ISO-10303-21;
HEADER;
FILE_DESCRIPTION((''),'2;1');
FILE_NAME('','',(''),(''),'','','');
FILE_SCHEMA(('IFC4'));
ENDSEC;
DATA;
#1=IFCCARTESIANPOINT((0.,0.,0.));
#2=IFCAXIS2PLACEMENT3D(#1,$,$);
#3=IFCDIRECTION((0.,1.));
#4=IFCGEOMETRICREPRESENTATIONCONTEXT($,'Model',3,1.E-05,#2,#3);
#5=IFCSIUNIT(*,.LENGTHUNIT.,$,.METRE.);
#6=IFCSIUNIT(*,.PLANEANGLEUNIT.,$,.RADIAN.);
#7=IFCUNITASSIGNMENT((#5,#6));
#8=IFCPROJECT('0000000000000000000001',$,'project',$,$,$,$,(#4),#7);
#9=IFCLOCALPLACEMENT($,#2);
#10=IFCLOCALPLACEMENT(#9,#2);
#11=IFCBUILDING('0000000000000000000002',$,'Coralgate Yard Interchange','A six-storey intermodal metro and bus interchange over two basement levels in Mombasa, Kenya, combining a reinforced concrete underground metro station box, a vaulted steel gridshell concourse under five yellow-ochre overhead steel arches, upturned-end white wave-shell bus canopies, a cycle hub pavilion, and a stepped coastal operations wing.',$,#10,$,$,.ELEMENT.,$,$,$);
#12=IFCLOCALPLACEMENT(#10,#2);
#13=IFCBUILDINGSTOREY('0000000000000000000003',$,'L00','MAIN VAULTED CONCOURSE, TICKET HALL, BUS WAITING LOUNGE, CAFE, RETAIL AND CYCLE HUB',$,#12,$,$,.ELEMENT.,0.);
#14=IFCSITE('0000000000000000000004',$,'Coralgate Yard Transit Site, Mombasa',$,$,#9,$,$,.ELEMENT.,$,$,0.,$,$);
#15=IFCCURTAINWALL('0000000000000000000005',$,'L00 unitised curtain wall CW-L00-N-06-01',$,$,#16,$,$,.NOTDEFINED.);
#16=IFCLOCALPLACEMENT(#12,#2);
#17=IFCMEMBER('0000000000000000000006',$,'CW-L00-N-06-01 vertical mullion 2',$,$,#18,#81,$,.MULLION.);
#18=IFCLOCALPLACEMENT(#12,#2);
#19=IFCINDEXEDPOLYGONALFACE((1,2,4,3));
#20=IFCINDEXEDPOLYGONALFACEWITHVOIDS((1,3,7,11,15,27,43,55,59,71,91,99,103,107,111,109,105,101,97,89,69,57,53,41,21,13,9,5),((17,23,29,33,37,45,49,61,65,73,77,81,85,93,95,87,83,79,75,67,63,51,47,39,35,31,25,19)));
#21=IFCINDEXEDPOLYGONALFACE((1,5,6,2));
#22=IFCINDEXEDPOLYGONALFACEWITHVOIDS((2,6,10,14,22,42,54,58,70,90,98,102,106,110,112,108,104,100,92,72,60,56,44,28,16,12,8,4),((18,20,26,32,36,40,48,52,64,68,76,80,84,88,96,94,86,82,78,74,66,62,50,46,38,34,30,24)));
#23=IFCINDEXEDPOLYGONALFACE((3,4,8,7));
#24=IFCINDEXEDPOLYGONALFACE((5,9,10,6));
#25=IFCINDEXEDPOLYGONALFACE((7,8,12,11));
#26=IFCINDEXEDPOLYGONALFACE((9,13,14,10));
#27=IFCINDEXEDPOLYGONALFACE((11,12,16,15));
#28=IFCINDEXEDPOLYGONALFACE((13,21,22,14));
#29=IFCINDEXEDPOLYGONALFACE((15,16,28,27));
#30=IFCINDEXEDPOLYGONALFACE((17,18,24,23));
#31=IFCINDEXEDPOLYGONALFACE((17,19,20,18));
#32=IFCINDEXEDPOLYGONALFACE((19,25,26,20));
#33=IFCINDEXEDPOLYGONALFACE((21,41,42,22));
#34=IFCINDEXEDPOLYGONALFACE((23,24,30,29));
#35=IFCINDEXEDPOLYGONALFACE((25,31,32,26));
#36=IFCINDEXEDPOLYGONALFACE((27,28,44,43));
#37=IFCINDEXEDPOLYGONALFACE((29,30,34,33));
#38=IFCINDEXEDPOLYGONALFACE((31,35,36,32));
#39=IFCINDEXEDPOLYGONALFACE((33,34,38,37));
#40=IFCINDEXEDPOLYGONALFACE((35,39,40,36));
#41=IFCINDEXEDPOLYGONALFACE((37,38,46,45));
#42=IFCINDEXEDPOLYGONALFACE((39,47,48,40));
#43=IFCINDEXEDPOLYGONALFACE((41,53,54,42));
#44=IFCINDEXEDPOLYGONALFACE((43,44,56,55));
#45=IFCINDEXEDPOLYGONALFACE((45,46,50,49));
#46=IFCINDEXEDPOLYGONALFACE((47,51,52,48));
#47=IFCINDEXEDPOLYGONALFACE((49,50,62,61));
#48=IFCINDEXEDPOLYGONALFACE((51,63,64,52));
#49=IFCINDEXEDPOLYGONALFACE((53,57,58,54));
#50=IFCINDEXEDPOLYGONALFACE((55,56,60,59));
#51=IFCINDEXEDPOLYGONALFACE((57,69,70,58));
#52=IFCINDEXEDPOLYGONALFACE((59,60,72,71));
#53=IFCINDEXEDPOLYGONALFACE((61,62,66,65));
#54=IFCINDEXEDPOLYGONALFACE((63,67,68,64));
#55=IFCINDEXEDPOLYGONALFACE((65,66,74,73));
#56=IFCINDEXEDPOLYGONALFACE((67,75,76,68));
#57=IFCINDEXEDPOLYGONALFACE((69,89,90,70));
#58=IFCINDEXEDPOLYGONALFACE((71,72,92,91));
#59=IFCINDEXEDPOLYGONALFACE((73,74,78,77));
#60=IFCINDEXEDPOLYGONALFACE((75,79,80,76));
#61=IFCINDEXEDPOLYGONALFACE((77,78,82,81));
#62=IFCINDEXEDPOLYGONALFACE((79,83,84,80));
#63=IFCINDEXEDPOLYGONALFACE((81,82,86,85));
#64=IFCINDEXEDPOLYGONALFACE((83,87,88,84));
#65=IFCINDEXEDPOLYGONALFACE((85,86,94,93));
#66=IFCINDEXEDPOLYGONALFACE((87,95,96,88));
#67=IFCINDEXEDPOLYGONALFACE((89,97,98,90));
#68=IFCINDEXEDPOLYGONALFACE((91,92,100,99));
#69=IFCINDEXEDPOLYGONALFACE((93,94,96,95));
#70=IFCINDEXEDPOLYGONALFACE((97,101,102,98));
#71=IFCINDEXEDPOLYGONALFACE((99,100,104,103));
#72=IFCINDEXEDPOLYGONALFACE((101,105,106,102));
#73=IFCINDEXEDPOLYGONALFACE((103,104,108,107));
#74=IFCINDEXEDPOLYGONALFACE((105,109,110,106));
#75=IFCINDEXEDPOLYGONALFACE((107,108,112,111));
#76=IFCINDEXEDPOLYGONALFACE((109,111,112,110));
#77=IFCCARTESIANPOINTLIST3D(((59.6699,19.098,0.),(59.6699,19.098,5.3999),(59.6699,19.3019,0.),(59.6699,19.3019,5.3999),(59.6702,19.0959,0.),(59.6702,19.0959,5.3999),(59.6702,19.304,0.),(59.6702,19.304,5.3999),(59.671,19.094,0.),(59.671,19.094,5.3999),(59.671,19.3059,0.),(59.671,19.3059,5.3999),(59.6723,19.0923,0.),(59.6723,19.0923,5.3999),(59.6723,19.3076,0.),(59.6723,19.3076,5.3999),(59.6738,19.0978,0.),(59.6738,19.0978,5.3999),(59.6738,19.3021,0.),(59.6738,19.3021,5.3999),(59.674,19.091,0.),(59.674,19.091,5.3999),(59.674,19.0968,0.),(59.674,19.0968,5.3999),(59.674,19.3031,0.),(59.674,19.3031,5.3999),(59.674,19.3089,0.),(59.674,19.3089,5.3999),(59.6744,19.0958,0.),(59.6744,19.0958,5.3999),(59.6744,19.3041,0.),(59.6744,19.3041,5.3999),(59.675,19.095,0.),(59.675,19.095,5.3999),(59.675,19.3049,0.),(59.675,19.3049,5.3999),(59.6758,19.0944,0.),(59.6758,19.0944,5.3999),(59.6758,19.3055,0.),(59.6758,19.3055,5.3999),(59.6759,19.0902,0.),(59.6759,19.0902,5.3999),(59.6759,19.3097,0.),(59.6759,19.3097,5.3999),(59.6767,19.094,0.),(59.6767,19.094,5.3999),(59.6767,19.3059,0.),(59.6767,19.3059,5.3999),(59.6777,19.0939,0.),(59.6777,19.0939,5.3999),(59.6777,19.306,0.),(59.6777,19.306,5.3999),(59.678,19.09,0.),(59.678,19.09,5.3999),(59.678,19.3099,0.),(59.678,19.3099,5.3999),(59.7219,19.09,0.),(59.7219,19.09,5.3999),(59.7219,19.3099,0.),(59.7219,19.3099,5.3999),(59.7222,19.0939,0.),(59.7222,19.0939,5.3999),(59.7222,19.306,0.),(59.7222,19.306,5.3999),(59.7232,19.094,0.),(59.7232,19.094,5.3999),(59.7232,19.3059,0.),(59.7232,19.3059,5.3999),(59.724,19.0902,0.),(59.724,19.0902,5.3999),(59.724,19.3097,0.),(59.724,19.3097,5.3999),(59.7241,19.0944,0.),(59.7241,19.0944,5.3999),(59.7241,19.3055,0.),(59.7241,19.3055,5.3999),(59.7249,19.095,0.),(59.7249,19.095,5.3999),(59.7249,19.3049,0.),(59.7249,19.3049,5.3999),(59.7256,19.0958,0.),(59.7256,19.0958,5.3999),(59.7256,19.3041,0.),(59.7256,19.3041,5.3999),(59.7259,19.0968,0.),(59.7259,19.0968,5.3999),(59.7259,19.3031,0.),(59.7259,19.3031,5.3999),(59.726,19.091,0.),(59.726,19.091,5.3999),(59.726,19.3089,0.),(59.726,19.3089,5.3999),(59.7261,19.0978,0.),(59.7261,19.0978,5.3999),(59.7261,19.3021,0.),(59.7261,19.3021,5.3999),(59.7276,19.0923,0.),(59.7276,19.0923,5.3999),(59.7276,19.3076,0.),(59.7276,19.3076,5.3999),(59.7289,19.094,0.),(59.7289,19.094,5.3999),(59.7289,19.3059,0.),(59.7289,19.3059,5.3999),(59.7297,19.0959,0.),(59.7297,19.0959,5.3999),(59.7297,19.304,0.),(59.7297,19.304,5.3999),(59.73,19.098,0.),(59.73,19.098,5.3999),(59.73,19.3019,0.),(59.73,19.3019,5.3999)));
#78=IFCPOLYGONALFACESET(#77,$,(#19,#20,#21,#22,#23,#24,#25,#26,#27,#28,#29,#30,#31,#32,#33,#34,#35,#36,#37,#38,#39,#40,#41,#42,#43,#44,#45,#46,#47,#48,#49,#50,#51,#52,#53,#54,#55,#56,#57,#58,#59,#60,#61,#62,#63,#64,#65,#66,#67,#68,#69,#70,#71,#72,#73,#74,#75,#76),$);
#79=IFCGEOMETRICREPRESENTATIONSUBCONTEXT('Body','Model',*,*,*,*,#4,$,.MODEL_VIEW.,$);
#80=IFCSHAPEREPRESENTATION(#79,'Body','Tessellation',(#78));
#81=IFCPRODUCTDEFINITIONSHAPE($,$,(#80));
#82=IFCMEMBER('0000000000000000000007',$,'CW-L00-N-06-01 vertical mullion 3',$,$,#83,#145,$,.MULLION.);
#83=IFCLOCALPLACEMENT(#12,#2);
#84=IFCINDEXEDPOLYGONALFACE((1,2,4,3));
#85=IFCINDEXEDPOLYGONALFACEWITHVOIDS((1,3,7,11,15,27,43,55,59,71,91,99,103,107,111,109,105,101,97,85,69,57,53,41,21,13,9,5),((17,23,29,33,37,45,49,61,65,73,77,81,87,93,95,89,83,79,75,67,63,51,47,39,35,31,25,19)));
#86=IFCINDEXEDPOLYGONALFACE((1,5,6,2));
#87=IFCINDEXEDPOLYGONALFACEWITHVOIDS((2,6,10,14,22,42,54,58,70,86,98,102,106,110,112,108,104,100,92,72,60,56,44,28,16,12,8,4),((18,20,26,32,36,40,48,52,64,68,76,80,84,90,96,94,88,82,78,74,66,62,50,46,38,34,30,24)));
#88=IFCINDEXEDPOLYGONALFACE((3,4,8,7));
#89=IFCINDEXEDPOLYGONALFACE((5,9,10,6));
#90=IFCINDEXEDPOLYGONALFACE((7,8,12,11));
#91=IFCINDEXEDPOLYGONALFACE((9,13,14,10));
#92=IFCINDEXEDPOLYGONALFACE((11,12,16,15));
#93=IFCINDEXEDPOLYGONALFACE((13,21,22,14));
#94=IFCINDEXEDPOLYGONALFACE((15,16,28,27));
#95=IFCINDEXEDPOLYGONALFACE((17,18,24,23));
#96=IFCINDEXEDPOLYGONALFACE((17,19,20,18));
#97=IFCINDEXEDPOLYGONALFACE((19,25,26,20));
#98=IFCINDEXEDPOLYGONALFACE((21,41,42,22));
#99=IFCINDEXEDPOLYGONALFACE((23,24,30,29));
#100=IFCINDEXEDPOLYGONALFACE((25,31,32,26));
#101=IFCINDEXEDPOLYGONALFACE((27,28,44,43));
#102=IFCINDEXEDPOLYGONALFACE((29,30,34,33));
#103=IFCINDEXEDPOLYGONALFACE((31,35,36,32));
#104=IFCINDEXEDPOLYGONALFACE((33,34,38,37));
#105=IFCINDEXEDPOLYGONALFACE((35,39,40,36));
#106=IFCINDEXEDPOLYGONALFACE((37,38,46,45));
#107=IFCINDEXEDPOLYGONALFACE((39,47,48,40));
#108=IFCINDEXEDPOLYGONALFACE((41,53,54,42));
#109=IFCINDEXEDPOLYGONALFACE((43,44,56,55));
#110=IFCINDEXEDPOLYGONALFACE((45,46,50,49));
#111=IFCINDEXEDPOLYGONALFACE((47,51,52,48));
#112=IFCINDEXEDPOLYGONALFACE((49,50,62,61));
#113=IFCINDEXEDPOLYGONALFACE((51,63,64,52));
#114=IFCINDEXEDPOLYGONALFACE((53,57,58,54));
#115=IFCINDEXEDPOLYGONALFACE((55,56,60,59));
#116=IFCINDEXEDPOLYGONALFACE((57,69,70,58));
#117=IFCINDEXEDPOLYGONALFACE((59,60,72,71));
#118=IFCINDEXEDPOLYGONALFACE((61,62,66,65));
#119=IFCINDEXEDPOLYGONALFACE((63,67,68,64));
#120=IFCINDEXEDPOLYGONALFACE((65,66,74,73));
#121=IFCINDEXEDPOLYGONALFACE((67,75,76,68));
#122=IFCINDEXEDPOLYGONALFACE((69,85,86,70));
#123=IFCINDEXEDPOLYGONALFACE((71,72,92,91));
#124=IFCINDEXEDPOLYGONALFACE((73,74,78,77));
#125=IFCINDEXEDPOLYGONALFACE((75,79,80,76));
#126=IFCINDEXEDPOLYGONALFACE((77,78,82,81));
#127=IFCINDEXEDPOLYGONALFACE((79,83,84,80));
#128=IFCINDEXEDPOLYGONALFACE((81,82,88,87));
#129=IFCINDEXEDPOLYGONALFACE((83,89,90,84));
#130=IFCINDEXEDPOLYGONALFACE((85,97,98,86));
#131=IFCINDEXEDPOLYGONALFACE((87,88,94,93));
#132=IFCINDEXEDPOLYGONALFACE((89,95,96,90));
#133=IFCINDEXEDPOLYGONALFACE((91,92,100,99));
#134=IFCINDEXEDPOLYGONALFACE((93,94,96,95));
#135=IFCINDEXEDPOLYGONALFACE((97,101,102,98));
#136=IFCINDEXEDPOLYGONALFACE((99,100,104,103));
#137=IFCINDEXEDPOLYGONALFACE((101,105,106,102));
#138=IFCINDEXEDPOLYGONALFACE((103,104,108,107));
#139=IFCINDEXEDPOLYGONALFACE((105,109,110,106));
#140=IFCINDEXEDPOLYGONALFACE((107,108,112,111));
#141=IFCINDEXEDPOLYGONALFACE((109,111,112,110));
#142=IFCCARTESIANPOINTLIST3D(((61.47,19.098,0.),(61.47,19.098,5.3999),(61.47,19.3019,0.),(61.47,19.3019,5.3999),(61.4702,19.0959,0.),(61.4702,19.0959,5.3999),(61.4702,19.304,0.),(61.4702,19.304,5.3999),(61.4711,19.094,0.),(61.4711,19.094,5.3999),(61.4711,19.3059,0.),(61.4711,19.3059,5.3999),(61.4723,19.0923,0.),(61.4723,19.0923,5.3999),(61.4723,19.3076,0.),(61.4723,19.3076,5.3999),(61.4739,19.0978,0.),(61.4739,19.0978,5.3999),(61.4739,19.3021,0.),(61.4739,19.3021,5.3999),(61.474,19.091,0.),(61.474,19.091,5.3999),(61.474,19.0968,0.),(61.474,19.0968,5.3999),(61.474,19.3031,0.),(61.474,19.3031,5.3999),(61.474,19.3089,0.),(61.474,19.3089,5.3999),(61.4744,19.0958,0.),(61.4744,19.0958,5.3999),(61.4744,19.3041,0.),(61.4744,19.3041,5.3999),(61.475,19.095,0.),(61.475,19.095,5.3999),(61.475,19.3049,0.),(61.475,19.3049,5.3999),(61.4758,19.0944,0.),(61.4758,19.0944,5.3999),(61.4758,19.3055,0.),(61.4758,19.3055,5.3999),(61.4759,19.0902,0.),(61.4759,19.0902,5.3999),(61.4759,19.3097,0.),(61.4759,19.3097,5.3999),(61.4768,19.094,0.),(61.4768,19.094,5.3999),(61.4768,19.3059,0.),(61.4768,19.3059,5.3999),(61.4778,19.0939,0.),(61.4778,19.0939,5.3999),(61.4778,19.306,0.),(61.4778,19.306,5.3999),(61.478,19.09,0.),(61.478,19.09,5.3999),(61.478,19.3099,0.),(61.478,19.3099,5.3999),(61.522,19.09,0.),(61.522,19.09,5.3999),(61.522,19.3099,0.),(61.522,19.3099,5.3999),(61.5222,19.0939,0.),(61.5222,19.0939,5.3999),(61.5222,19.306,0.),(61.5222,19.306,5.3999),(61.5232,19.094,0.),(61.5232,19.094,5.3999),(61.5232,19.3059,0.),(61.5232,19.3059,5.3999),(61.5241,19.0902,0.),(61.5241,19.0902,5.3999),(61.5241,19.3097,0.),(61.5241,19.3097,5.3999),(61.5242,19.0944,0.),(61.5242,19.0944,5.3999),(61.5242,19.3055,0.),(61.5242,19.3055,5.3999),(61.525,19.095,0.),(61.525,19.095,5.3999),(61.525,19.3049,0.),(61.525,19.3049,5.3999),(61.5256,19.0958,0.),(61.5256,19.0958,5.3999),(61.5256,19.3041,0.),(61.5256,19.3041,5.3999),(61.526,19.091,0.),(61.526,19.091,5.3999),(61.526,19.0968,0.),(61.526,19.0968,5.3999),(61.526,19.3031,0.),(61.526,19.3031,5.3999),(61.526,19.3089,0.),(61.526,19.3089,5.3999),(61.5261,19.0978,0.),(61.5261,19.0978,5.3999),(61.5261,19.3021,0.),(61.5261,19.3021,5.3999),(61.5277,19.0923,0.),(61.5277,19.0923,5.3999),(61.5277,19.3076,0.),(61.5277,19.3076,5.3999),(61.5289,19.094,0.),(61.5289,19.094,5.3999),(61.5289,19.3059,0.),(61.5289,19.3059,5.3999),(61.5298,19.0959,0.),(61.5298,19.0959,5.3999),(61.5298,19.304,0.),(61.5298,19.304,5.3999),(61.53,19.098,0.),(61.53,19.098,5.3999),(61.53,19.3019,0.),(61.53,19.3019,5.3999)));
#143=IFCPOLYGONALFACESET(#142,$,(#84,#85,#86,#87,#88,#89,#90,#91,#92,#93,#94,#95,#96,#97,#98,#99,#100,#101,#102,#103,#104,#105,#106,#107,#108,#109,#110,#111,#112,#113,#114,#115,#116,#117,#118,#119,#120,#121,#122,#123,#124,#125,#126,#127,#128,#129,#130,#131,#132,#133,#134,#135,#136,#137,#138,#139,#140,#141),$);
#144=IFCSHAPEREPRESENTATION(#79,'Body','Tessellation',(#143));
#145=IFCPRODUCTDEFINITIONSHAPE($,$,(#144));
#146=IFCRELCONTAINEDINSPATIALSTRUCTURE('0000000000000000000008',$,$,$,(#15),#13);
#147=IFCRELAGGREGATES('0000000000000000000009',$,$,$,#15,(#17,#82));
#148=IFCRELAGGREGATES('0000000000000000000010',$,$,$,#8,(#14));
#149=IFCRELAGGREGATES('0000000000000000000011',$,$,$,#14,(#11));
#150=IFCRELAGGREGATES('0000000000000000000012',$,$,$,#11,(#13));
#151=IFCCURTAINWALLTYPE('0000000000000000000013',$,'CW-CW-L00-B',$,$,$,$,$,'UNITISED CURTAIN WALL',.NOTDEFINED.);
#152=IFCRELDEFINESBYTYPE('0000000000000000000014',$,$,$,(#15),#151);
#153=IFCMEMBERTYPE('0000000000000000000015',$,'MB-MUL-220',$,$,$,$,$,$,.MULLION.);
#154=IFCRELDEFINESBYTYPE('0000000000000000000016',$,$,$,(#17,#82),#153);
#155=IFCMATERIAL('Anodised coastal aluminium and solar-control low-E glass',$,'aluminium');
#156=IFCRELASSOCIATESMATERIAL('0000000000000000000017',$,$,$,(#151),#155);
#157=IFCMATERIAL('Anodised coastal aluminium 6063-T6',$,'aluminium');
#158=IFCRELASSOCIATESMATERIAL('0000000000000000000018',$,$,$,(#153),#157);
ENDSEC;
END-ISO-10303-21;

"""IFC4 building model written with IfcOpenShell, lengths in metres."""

from ifc_helpers import new_model, si_unit, direction, frame, origin, origin_2d, place, context, subcontext, project, spatial, hollow_rectangle, extrude, material, material_profile, profile_set, type_object, element, aggregate, save


model = new_model("IFC4")

# Units and contexts
model_context = context("Model", 3, precision=1e-05, world=origin(), true_north=direction((0.0, 1.0)))
body_context = subcontext(model_context, "Body", "Model", "MODEL_VIEW")
ifc_project = project(units=[si_unit("LENGTHUNIT", "METRE"), si_unit("PLANEANGLEUNIT", "RADIAN")], contexts=[model_context])

# Site, building, storey
site_placement = place(None, origin())
site = spatial("IfcSite", under=ifc_project, at=site_placement, Name="Coralgate Yard Transit Site, Mombasa", CompositionType="ELEMENT", RefElevation=0.0)
building_placement = place(site_placement, origin())
building = spatial("IfcBuilding", under=site, at=building_placement, Name="Coralgate Yard Interchange", Description="A six-storey intermodal metro and bus interchange over two basement levels in Mombasa, Kenya, combining a reinforced concrete underground metro station box, a vaulted steel gridshell concourse under five yellow-ochre overhead steel arches, upturned-end white wave-shell bus canopies, a cycle hub pavilion, and a stepped coastal operations wing.", CompositionType="ELEMENT")
storey_placement = place(building_placement, origin())
storey = spatial("IfcBuildingStorey", under=building, at=storey_placement, Name="L00", Description="MAIN VAULTED CONCOURSE, TICKET HALL, BUS WAITING LOUNGE, CAFE, RETAIL AND CYCLE HUB", CompositionType="ELEMENT", Elevation=0.0)

# Curtain wall, members
ifc_material_1 = material(Name="Anodised coastal aluminium and solar-control low-E glass", Category="aluminium")
curtain_wall_type = type_object("IfcCurtainWallType", Name="CW-CW-L00-B", ElementType="UNITISED CURTAIN WALL", PredefinedType="NOTDEFINED", material=ifc_material_1)
curtain_wall_placement = place(storey_placement, origin())
curtain_wall = element("IfcCurtainWall", 1, at=curtain_wall_placement, inside=storey, type_object=curtain_wall_type, Name="L00 unitised curtain wall CW-L00-N-06-01", PredefinedType="NOTDEFINED")
ifc_material_2 = material(Name="Anodised coastal aluminium 6063-T6", Category="aluminium")
ifc_material_profile_1 = material_profile(ifc_material_2, hollow_rectangle(XDim=0.0601, YDim=0.22, WallThickness=0.0039, InnerFilletRadius=0.0039, OuterFilletRadius=0.0081, at=origin_2d()), Name="ALU 60x220x4")
ifc_profile_set_1 = profile_set([ifc_material_profile_1], Name="Anodised coastal aluminium 6063-T6")
member_type_1 = type_object("IfcMemberType", Name="MB-MUL-220", PredefinedType="MULLION", material=ifc_profile_set_1)
member_1_placement = place(storey_placement, frame((59.7, 19.2, 0.0), z_axis=(0.0, 0.0, 1.0), x_axis=(1.0, 0.0, 0.0)))
member_1 = element("IfcMember", 2, at=member_1_placement, type_object=member_type_1, Name="CW-L00-N-06-01 vertical mullion 2", PredefinedType="MULLION", context=body_context, shape_type="SweptSolid", body=[
    extrude(hollow_rectangle(XDim=0.0601, YDim=0.22, WallThickness=0.0039, InnerFilletRadius=0.0039, OuterFilletRadius=0.0081, at=origin_2d()), origin(), (0.0, 0.0, 1.0), 5.3999),
])
member_2_placement = place(storey_placement, frame((61.5, 19.2, 0.0), z_axis=(0.0, 0.0, 1.0), x_axis=(1.0, 0.0, 0.0)))
member_2 = element("IfcMember", 3, at=member_2_placement, type_object=member_type_1, Name="CW-L00-N-06-01 vertical mullion 3", PredefinedType="MULLION", context=body_context, shape_type="SweptSolid", body=[
    extrude(hollow_rectangle(XDim=0.0601, YDim=0.22, WallThickness=0.0039, InnerFilletRadius=0.0039, OuterFilletRadius=0.0081, at=origin_2d()), origin(), (0.0, 0.0, 1.0), 5.3999),
])
aggregate(curtain_wall, [member_1, member_2])

save(model, "model.ifc")
